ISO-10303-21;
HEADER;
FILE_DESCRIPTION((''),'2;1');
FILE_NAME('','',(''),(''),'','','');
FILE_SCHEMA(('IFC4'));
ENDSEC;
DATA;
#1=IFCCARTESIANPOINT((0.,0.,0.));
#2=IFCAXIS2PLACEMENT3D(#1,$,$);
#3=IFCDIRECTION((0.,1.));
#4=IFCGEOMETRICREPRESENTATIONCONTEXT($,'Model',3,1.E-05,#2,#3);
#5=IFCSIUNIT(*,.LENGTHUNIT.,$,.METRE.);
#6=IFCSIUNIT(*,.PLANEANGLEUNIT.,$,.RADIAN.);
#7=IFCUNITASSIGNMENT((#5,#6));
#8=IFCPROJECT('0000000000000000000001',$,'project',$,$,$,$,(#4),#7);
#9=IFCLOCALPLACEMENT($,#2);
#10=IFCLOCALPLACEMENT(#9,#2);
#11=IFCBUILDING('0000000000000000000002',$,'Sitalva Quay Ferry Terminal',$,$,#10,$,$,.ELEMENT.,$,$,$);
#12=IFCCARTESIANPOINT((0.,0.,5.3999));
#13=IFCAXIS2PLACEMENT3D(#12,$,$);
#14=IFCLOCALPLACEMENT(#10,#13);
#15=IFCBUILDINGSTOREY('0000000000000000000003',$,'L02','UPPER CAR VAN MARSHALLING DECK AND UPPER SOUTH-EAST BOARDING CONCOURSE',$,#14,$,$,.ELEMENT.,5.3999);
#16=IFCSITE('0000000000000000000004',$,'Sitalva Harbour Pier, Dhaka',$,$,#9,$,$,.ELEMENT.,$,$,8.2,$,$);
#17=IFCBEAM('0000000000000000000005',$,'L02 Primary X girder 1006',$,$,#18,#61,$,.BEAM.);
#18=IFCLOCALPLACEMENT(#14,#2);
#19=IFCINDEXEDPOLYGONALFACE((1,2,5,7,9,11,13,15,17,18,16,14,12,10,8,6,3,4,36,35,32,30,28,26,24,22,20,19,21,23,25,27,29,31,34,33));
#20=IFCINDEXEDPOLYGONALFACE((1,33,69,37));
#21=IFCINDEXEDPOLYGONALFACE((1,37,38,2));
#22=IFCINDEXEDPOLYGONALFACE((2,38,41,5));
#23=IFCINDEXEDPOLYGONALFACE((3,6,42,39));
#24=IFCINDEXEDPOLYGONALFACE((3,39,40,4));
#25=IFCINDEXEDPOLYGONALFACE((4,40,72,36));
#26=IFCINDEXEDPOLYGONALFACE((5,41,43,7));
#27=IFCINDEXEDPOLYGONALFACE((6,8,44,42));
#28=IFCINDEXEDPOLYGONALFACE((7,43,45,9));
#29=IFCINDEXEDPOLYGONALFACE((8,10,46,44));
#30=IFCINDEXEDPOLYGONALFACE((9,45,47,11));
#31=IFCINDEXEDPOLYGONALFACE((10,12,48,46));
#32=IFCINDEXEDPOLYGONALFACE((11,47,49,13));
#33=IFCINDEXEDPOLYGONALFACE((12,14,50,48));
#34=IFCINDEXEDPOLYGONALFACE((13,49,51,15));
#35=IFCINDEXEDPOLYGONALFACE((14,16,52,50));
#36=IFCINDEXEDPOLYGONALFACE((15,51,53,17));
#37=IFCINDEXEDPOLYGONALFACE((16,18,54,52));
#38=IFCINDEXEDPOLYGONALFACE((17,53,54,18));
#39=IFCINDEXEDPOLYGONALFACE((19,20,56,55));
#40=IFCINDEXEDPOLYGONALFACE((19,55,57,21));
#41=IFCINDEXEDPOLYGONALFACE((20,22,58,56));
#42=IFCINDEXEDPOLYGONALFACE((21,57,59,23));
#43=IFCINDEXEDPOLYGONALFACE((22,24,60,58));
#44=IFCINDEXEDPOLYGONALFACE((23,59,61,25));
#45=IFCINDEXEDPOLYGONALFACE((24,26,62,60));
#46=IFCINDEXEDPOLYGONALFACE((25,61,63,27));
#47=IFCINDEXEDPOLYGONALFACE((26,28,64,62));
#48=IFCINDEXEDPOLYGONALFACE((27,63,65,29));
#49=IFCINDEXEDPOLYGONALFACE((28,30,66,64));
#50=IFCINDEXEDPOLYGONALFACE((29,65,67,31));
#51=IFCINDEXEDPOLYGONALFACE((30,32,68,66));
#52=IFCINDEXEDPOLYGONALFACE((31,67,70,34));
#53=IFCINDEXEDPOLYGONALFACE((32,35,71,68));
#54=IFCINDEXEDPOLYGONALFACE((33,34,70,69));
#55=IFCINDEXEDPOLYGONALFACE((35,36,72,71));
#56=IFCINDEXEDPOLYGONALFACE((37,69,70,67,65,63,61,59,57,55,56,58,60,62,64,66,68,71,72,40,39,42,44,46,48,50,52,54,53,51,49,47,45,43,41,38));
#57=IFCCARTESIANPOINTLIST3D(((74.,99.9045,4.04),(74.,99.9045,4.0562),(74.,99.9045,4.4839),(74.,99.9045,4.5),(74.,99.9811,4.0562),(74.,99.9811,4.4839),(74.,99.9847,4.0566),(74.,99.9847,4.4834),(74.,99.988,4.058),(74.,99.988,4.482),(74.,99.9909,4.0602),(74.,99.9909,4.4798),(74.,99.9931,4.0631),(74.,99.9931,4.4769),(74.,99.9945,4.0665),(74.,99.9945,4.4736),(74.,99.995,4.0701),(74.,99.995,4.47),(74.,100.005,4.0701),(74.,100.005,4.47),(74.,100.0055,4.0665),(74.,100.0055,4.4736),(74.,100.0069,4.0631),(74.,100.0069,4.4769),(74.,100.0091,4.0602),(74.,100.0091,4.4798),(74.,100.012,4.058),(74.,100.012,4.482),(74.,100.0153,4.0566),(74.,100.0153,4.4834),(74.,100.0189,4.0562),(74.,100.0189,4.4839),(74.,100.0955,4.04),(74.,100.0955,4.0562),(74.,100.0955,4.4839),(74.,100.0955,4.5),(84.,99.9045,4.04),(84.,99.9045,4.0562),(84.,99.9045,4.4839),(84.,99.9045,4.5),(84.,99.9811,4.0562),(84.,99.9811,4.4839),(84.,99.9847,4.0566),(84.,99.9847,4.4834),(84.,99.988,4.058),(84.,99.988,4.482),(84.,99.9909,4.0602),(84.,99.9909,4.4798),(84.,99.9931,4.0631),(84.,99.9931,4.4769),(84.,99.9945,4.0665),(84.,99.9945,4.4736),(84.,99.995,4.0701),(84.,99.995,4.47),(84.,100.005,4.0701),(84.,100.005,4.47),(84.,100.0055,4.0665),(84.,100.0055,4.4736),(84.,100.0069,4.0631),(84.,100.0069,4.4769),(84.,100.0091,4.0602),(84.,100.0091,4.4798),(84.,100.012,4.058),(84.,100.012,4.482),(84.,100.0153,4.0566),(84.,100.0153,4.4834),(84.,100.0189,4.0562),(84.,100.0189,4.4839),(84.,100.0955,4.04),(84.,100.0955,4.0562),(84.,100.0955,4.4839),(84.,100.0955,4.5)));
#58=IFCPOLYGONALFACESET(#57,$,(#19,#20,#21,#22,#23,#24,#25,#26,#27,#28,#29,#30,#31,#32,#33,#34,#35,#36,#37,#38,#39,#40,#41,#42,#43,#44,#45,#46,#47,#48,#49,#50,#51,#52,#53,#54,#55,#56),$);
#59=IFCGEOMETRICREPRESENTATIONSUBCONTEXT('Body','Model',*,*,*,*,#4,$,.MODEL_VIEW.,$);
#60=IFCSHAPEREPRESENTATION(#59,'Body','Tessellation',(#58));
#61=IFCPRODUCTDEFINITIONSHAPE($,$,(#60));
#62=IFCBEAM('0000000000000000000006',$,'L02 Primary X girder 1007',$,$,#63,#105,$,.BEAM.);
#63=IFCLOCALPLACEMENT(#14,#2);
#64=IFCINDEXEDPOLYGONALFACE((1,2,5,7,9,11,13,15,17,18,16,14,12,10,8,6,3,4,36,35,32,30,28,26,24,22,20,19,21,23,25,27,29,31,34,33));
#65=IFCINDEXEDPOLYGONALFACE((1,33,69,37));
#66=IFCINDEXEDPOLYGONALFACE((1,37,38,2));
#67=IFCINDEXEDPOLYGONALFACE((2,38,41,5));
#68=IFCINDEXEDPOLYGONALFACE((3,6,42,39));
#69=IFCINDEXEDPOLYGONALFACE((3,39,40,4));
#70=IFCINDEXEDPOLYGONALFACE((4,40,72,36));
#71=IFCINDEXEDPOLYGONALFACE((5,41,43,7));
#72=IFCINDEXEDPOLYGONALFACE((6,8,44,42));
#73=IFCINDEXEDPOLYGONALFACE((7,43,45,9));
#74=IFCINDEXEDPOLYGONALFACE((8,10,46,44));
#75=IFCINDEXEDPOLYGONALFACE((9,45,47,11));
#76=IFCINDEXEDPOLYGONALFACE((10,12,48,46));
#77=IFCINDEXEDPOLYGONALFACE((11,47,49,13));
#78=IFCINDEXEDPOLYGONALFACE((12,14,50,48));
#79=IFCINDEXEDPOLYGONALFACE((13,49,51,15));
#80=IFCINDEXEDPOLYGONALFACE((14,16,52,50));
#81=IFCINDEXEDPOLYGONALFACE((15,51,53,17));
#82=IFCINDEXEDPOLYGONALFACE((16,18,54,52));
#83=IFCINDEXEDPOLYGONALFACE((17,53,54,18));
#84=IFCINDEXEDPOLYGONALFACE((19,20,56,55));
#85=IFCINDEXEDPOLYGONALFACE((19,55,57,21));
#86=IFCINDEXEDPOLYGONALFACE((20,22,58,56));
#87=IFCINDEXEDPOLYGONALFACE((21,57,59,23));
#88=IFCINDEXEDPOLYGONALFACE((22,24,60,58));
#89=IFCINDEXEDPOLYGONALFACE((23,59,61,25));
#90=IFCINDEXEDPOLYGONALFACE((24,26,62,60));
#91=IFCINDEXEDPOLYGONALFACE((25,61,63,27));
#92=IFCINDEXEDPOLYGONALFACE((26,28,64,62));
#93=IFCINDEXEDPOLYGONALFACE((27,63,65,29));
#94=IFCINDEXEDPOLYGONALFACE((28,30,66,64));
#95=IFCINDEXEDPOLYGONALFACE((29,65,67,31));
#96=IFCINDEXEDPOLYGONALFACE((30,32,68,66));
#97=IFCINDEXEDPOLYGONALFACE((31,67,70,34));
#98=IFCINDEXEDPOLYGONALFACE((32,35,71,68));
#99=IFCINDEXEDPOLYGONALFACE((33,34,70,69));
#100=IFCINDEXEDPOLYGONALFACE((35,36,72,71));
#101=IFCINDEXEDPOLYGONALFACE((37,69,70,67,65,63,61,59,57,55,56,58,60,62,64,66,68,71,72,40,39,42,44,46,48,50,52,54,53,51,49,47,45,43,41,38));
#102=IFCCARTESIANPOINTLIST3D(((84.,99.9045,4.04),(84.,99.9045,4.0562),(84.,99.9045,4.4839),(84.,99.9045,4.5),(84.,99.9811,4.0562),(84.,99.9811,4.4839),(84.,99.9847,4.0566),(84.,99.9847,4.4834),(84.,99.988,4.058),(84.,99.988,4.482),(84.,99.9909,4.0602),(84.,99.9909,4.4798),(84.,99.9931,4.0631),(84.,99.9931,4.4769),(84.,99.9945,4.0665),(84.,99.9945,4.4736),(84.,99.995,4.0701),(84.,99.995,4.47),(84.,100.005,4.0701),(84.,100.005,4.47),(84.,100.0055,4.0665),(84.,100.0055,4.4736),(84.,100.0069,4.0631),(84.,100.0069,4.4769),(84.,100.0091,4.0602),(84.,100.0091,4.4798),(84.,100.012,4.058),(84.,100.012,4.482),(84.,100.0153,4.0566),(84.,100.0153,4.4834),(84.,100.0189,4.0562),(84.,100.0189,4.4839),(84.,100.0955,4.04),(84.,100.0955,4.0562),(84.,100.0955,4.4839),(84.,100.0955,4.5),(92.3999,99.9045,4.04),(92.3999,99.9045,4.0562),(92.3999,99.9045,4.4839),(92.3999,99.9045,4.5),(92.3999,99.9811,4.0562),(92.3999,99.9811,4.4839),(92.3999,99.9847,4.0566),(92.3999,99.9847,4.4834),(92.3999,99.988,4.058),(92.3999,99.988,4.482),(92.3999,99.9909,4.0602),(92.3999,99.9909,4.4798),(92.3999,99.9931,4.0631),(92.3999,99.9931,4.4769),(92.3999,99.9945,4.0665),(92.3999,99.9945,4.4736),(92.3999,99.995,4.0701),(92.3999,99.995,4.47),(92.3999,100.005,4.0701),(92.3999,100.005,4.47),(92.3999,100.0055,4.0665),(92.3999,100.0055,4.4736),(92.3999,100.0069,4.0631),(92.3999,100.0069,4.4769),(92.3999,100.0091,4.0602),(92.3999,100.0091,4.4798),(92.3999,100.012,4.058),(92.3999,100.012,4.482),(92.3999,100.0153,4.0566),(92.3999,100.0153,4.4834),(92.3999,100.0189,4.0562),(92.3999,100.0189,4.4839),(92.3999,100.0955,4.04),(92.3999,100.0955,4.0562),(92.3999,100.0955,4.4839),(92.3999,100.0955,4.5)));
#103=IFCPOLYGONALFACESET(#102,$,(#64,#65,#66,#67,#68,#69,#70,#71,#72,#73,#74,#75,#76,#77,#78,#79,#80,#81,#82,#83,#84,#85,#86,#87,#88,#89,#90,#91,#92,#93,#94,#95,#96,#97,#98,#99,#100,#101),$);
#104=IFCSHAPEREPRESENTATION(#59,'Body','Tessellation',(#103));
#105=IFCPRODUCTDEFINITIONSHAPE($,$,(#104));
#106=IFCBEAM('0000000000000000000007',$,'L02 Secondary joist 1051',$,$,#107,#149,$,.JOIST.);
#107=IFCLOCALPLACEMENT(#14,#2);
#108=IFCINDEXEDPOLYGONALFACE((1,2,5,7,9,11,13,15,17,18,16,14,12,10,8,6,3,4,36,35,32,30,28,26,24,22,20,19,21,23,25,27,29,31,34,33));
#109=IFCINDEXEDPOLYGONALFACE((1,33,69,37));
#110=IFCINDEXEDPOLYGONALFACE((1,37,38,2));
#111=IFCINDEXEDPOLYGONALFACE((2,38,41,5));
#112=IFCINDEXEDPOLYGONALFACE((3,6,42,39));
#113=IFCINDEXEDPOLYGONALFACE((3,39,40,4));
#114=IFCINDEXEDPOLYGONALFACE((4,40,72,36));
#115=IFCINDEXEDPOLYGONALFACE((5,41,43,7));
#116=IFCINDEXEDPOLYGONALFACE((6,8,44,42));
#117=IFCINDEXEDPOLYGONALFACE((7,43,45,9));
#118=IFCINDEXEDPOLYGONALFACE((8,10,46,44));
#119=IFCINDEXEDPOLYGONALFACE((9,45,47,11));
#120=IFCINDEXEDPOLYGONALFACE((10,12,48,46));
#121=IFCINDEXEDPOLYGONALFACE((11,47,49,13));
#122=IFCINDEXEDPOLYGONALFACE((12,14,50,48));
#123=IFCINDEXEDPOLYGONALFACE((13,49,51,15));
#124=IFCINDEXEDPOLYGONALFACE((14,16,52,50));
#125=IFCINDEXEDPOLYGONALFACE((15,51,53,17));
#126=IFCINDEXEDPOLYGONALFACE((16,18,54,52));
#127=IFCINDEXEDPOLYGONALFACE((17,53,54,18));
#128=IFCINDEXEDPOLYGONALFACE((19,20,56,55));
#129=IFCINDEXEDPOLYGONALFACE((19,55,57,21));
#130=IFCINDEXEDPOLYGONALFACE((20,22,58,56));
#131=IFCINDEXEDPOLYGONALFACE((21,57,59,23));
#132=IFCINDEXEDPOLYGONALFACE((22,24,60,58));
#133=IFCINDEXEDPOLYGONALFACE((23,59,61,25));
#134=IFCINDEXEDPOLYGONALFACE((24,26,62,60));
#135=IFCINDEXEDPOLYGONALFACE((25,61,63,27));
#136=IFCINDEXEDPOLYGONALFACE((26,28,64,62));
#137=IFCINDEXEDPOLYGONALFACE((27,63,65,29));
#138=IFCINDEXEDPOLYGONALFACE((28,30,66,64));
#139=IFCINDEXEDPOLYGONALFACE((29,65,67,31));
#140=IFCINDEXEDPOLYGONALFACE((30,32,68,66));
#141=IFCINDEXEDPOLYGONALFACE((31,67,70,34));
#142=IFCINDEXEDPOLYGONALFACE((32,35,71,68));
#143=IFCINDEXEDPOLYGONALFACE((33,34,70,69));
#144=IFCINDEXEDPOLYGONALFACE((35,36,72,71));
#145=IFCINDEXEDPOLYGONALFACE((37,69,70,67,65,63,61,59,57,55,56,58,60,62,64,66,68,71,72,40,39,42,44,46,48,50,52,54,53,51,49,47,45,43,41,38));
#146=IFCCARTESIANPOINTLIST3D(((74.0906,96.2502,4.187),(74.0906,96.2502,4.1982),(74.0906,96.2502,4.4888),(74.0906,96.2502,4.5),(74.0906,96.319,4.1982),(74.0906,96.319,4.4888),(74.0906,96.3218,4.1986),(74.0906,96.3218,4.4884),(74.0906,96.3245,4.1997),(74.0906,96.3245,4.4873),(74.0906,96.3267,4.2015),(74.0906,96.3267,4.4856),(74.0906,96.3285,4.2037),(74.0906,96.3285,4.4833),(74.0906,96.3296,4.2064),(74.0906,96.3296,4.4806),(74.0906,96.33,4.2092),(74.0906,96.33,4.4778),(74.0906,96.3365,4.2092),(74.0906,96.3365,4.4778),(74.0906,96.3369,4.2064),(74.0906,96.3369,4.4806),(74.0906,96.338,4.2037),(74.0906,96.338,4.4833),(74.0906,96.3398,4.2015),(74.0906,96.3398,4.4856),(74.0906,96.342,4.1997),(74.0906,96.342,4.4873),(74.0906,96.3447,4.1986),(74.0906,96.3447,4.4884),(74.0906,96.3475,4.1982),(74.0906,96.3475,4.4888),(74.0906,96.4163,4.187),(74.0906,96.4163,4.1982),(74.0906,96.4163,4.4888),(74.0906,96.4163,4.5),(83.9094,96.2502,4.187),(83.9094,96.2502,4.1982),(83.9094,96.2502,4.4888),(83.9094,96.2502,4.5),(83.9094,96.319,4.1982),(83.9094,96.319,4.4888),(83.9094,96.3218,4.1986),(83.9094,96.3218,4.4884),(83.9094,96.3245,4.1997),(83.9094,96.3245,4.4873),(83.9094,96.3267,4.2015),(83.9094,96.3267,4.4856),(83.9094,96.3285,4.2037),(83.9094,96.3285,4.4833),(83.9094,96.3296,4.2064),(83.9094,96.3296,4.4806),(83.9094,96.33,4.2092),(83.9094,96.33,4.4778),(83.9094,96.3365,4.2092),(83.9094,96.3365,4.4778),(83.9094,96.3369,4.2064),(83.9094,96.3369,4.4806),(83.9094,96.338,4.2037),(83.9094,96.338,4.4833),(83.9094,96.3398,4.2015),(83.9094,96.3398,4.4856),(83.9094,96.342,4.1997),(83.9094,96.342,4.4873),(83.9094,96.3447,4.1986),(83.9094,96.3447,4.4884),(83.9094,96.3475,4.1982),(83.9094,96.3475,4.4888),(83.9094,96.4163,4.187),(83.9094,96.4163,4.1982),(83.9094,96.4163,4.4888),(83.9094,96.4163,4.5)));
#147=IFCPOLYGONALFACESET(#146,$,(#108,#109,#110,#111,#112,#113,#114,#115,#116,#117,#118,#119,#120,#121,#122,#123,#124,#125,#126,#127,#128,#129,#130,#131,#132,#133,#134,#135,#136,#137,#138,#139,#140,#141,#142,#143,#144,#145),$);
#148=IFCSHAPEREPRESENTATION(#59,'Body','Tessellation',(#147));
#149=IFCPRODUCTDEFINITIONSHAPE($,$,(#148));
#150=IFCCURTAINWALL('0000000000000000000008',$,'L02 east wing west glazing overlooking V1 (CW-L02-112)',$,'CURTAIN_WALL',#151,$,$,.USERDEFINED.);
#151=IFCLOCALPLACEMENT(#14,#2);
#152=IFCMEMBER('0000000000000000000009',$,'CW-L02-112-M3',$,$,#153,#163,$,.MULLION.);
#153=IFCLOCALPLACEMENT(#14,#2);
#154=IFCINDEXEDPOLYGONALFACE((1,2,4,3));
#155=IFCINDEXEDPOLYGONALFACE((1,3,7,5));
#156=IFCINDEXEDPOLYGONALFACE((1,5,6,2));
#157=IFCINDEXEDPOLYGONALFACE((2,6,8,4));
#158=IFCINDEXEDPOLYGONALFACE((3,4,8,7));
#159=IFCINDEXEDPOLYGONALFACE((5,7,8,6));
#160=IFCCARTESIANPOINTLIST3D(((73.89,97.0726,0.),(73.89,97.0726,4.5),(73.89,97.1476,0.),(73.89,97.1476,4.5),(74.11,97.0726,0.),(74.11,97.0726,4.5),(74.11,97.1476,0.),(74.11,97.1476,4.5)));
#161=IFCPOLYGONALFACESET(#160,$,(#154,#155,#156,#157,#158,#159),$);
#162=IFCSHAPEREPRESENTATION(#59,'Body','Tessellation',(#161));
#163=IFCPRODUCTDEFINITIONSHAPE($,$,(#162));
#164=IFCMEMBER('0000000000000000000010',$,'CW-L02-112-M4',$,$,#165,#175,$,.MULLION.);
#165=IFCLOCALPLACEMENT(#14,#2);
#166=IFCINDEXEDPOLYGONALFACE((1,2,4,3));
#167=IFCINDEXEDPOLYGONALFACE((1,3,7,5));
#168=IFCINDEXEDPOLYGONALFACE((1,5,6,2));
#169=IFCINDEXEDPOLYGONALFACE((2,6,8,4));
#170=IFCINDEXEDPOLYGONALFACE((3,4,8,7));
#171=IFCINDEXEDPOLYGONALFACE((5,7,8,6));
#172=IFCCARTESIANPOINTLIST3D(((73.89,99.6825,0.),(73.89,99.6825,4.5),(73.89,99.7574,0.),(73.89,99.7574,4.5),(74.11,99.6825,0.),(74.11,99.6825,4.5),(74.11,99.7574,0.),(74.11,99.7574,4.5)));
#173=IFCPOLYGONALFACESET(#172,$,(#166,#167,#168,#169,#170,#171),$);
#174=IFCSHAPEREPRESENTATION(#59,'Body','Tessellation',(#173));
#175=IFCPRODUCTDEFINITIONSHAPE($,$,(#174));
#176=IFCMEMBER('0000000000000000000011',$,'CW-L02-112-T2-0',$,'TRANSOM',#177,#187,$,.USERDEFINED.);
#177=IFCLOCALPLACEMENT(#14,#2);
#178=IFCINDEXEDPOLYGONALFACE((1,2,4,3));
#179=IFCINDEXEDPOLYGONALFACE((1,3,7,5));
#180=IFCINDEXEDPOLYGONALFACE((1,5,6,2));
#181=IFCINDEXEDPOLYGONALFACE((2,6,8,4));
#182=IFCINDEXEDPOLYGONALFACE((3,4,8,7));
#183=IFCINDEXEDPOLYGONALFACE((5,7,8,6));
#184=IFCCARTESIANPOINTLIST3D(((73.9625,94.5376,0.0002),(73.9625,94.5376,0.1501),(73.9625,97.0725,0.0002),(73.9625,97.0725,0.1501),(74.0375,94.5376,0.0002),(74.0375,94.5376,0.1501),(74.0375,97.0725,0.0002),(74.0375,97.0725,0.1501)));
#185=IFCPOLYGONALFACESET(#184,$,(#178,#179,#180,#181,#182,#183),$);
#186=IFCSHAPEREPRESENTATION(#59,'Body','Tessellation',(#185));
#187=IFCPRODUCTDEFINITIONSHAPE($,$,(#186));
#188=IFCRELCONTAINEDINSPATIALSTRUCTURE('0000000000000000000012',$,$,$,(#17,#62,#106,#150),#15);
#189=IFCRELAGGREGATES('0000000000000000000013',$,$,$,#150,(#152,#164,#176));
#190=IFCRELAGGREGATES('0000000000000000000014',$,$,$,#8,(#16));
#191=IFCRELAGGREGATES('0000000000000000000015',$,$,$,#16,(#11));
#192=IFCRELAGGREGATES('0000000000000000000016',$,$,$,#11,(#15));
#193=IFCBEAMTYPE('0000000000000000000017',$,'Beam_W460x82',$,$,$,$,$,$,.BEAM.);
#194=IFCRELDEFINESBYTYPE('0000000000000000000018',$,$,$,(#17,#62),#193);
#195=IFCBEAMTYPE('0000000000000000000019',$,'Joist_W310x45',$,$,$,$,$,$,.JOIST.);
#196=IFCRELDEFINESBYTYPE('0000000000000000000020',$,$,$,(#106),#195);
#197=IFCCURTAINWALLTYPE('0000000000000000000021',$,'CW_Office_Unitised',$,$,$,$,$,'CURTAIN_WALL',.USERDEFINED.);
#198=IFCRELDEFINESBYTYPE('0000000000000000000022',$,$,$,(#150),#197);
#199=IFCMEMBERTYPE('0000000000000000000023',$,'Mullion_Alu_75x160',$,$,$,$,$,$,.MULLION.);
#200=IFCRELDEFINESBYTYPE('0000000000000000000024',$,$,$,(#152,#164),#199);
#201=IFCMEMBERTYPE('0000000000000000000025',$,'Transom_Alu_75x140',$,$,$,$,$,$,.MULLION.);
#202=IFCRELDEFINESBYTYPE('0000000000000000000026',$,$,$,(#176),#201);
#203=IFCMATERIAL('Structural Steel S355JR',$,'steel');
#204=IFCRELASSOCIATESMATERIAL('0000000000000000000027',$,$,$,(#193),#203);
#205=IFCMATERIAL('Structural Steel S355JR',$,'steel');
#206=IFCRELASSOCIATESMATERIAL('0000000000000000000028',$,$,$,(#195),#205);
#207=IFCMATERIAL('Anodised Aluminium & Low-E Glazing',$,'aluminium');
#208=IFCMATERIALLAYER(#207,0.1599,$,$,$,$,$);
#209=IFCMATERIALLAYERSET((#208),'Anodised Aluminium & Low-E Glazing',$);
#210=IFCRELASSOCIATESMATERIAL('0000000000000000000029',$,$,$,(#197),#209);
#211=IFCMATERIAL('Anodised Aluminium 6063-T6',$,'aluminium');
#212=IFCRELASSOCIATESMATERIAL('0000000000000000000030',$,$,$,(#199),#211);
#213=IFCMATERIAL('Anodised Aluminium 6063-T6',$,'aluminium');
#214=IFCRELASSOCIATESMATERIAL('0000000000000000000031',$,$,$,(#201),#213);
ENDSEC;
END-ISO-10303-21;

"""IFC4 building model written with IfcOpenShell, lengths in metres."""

from ifc_helpers import new_model, si_unit, direction, frame, origin, origin_2d, place, context, subcontext, project, spatial, rectangle, i_section, extrude, material, layer, layer_set, material_profile, profile_set, type_object, element, aggregate, save


model = new_model("IFC4")

# Units and contexts
model_context = context("Model", 3, precision=1e-05, world=origin(), true_north=direction((0.0, 1.0)))
body_context = subcontext(model_context, "Body", "Model", "MODEL_VIEW")
ifc_project = project(units=[si_unit("LENGTHUNIT", "METRE"), si_unit("PLANEANGLEUNIT", "RADIAN")], contexts=[model_context])

# Site, building, storey
site_placement = place(None, origin())
site = spatial("IfcSite", under=ifc_project, at=site_placement, Name="Sitalva Harbour Pier, Dhaka", CompositionType="ELEMENT", RefElevation=8.2)
building_placement = place(site_placement, origin())
building = spatial("IfcBuilding", under=site, at=building_placement, Name="Sitalva Quay Ferry Terminal", CompositionType="ELEMENT")
storey_placement = place(building_placement, frame((0.0, 0.0, 5.3999)))
storey = spatial("IfcBuildingStorey", under=building, at=storey_placement, Name="L02", Description="UPPER CAR VAN MARSHALLING DECK AND UPPER SOUTH-EAST BOARDING CONCOURSE", CompositionType="ELEMENT", Elevation=5.3999)

# Beams
ifc_material_1 = material(Name="Structural Steel S355JR", Category="steel")
ifc_material_profile_1 = material_profile(ifc_material_1, i_section(OverallWidth=0.1909, OverallDepth=0.46, WebThickness=0.01, FlangeThickness=0.0161, FilletRadius=0.0139, at=origin_2d()), Name="W460x82")
ifc_profile_set_1 = profile_set([ifc_material_profile_1], Name="Structural Steel S355JR")
beam_type_1 = type_object("IfcBeamType", Name="Beam_W460x82", PredefinedType="BEAM", material=ifc_profile_set_1)
beam_1_placement = place(storey_placement, frame((74.0, 100.0, 4.27), z_axis=(1.0, 0.0, 0.0), x_axis=(0.0, 1.0, 0.0)))
element("IfcBeam", 1, at=beam_1_placement, inside=storey, type_object=beam_type_1, Name="L02 Primary X girder 1006", PredefinedType="BEAM", context=body_context, shape_type="SweptSolid", body=[
    extrude(i_section(OverallWidth=0.1909, OverallDepth=0.46, WebThickness=0.01, FlangeThickness=0.0161, FilletRadius=0.0139, at=origin_2d()), origin(), (0.0, 0.0, 1.0), 10.0),
])
beam_2_placement = place(storey_placement, frame((84.0, 100.0, 4.27), z_axis=(1.0, 0.0, 0.0), x_axis=(0.0, 1.0, 0.0)))
element("IfcBeam", 2, at=beam_2_placement, inside=storey, type_object=beam_type_1, Name="L02 Primary X girder 1007", PredefinedType="BEAM", context=body_context, shape_type="SweptSolid", body=[
    extrude(i_section(OverallWidth=0.1909, OverallDepth=0.46, WebThickness=0.01, FlangeThickness=0.0161, FilletRadius=0.0139, at=origin_2d()), origin(), (0.0, 0.0, 1.0), 8.3999),
])
ifc_material_2 = material(Name="Structural Steel S355JR", Category="steel")
ifc_material_profile_2 = material_profile(ifc_material_2, i_section(OverallWidth=0.166, OverallDepth=0.313, WebThickness=0.0066, FlangeThickness=0.0112, FilletRadius=0.011, at=origin_2d()), Name="W310x45")
ifc_profile_set_2 = profile_set([ifc_material_profile_2], Name="Structural Steel S355JR")
beam_type_2 = type_object("IfcBeamType", Name="Joist_W310x45", PredefinedType="JOIST", material=ifc_profile_set_2)
beam_3_placement = place(storey_placement, frame((74.0906, 96.3333, 4.3435), z_axis=(1.0, 0.0, 0.0), x_axis=(0.0, 1.0, 0.0)))
element("IfcBeam", 3, at=beam_3_placement, inside=storey, type_object=beam_type_2, Name="L02 Secondary joist 1051", PredefinedType="JOIST", context=body_context, shape_type="SweptSolid", body=[
    extrude(i_section(OverallWidth=0.166, OverallDepth=0.313, WebThickness=0.0066, FlangeThickness=0.0112, FilletRadius=0.011, at=origin_2d()), origin(), (0.0, 0.0, 1.0), 9.8188),
])

# Curtain wall, members
ifc_material_3 = material(Name="Anodised Aluminium & Low-E Glazing", Category="aluminium")
ifc_layer_1 = layer(ifc_material_3, 0.1599)
ifc_layer_set_1 = layer_set([ifc_layer_1], Name="Anodised Aluminium & Low-E Glazing")
curtain_wall_type = type_object("IfcCurtainWallType", Name="CW_Office_Unitised", ElementType="CURTAIN_WALL", PredefinedType="USERDEFINED", material=ifc_layer_set_1)
curtain_wall_placement = place(storey_placement, origin())
curtain_wall = element("IfcCurtainWall", 4, at=curtain_wall_placement, inside=storey, type_object=curtain_wall_type, Name="L02 east wing west glazing overlooking V1 (CW-L02-112)", ObjectType="CURTAIN_WALL", PredefinedType="USERDEFINED")
ifc_material_4 = material(Name="Anodised Aluminium 6063-T6", Category="aluminium")
ifc_material_profile_3 = material_profile(ifc_material_4, rectangle(XDim=0.075, YDim=0.22, at=origin_2d()), Name="ALU75x220")
ifc_profile_set_3 = profile_set([ifc_material_profile_3], Name="Anodised Aluminium 6063-T6")
member_type_1 = type_object("IfcMemberType", Name="Mullion_Alu_75x160", PredefinedType="MULLION", material=ifc_profile_set_3)
member_1_placement = place(storey_placement, frame((74.0, 97.1101, 0.0), z_axis=(0.0, 0.0, 1.0), x_axis=(0.0, 1.0, 0.0)))
member_1 = element("IfcMember", 5, at=member_1_placement, type_object=member_type_1, Name="CW-L02-112-M3", PredefinedType="MULLION", context=body_context, shape_type="SweptSolid", body=[
    extrude(rectangle(XDim=0.075, YDim=0.22, at=origin_2d()), origin(), (0.0, 0.0, 1.0), 4.5),
])
member_2_placement = place(storey_placement, frame((74.0, 99.72, 0.0), z_axis=(0.0, 0.0, 1.0), x_axis=(0.0, 1.0, 0.0)))
member_2 = element("IfcMember", 6, at=member_2_placement, type_object=member_type_1, Name="CW-L02-112-M4", PredefinedType="MULLION", context=body_context, shape_type="SweptSolid", body=[
    extrude(rectangle(XDim=0.075, YDim=0.22, at=origin_2d()), origin(), (0.0, 0.0, 1.0), 4.5),
])
ifc_material_5 = material(Name="Anodised Aluminium 6063-T6", Category="aluminium")
ifc_material_profile_4 = material_profile(ifc_material_5, rectangle(XDim=0.075, YDim=0.1499, at=origin_2d()), Name="ALU75x150")
ifc_profile_set_4 = profile_set([ifc_material_profile_4], Name="Anodised Aluminium 6063-T6")
member_type_2 = type_object("IfcMemberType", Name="Transom_Alu_75x140", PredefinedType="MULLION", material=ifc_profile_set_4)
member_3_placement = place(storey_placement, frame((74.0, 94.5376, 0.0752), z_axis=(0.0, 1.0, 0.0), x_axis=(-1.0, 0.0, 0.0)))
member_3 = element("IfcMember", 7, at=member_3_placement, type_object=member_type_2, Name="CW-L02-112-T2-0", ObjectType="TRANSOM", PredefinedType="USERDEFINED", context=body_context, shape_type="SweptSolid", body=[
    extrude(rectangle(XDim=0.075, YDim=0.1499, at=origin_2d()), origin(), (0.0, 0.0, 1.0), 2.5349),
])
aggregate(curtain_wall, [member_1, member_2, member_3])

save(model, "model.ifc")
